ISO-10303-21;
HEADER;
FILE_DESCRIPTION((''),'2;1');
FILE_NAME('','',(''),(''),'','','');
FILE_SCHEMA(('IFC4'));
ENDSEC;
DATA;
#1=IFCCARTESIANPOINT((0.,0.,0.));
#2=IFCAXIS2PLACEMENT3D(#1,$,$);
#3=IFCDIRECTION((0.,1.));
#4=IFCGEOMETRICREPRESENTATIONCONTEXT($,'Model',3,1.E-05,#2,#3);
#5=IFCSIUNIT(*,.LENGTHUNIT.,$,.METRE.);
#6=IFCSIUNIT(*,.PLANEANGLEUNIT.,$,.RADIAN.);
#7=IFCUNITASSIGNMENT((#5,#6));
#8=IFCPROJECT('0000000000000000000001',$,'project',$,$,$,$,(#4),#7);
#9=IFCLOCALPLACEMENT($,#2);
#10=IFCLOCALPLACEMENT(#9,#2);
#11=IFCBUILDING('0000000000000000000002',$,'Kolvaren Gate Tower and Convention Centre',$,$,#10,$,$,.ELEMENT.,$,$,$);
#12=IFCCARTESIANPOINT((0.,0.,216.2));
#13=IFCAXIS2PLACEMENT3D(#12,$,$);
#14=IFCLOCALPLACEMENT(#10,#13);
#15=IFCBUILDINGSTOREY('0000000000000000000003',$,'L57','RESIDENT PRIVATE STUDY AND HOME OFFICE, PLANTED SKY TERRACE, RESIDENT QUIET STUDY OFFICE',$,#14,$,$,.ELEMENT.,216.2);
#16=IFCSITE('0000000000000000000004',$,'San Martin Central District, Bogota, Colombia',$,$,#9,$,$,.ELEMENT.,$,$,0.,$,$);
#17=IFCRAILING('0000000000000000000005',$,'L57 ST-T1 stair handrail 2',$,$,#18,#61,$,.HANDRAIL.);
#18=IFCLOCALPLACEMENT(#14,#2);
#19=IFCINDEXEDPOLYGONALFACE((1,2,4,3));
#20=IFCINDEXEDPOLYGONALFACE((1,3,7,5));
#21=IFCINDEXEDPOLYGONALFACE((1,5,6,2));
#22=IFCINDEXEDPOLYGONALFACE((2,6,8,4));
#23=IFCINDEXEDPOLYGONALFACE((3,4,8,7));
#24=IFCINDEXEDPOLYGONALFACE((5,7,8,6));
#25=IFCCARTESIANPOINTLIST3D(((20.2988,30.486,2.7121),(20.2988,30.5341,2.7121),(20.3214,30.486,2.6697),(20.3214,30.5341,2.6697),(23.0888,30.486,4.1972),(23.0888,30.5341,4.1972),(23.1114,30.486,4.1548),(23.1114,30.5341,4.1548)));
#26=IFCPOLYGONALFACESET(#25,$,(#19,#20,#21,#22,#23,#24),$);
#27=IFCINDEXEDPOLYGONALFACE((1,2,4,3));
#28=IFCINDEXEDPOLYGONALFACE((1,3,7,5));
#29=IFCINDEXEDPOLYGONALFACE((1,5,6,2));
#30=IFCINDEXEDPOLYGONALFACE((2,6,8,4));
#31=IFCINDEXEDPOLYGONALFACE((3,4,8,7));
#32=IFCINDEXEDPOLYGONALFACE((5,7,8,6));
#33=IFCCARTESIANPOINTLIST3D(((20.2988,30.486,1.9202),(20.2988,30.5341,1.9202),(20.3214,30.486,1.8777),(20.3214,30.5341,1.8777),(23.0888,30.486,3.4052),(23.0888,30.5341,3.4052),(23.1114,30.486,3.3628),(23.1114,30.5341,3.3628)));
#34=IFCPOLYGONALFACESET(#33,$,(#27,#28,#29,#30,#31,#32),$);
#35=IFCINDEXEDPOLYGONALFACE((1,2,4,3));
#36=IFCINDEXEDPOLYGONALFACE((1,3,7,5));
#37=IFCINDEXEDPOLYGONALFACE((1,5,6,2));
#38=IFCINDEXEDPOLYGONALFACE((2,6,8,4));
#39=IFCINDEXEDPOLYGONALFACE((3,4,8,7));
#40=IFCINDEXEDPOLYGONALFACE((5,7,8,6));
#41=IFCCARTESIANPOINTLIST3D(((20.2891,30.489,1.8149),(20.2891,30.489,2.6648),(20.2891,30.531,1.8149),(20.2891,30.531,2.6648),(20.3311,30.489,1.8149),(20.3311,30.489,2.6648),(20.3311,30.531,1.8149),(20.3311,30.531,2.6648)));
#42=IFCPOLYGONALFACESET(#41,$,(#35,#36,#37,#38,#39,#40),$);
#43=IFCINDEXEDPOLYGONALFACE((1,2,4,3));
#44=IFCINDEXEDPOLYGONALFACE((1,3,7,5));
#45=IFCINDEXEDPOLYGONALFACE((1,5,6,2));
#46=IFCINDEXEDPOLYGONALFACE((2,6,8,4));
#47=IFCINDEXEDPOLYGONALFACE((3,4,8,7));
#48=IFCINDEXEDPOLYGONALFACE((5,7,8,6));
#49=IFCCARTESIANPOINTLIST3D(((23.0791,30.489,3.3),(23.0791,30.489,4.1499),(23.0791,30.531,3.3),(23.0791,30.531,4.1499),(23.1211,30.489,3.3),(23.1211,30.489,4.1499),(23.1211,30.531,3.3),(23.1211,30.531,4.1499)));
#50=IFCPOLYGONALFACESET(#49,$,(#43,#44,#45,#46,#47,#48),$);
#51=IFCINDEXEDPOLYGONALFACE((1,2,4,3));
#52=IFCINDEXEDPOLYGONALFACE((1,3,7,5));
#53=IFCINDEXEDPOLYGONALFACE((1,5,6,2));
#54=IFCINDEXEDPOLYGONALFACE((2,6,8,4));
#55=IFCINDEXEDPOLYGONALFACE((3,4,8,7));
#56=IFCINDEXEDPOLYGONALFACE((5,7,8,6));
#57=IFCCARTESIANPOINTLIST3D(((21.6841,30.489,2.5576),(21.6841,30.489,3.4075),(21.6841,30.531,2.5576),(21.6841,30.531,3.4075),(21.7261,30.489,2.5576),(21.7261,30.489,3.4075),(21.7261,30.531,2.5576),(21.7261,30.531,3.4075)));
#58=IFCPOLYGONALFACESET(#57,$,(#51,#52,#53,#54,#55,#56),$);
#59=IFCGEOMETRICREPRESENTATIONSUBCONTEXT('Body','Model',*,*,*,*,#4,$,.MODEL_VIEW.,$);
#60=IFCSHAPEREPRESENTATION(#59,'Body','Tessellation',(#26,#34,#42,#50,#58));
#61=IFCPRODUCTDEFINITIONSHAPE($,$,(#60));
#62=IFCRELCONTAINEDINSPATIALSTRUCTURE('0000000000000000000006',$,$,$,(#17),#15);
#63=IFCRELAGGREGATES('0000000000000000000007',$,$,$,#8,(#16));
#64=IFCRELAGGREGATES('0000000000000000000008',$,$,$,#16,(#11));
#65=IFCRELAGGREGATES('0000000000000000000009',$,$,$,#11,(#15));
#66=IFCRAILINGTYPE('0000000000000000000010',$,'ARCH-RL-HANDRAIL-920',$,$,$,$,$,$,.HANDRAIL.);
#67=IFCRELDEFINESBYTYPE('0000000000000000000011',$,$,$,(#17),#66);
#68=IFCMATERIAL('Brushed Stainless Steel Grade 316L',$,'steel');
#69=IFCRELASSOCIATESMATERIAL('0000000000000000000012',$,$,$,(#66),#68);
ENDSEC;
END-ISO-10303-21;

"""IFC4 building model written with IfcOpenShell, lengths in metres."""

from ifc_helpers import new_model, si_unit, direction, frame, origin, origin_2d, place, context, subcontext, project, spatial, rectangle, extrude, material, type_object, element, save


model = new_model("IFC4")

# Units and contexts
model_context = context("Model", 3, precision=1e-05, world=origin(), true_north=direction((0.0, 1.0)))
body_context = subcontext(model_context, "Body", "Model", "MODEL_VIEW")
ifc_project = project(units=[si_unit("LENGTHUNIT", "METRE"), si_unit("PLANEANGLEUNIT", "RADIAN")], contexts=[model_context])

# Site, building, storey
site_placement = place(None, origin())
site = spatial("IfcSite", under=ifc_project, at=site_placement, Name="San Martin Central District, Bogota, Colombia", CompositionType="ELEMENT", RefElevation=0.0)
building_placement = place(site_placement, origin())
building = spatial("IfcBuilding", under=site, at=building_placement, Name="Kolvaren Gate Tower and Convention Centre", CompositionType="ELEMENT")
storey_placement = place(building_placement, frame((0.0, 0.0, 216.2)))
storey = spatial("IfcBuildingStorey", under=building, at=storey_placement, Name="L57", Description="RESIDENT PRIVATE STUDY AND HOME OFFICE, PLANTED SKY TERRACE, RESIDENT QUIET STUDY OFFICE", CompositionType="ELEMENT", Elevation=216.2)

# Shared definitions
ifc_material_1 = material(Name="Brushed Stainless Steel Grade 316L", Category="steel")

# Railing
railing_type_1 = type_object("IfcRailingType", Name="ARCH-RL-HANDRAIL-920", PredefinedType="HANDRAIL", material=ifc_material_1)
railing_1_placement = place(storey_placement, frame((20.3101, 30.51, 1.8149)))
element("IfcRailing", 1, at=railing_1_placement, inside=storey, type_object=railing_type_1, Name="L57 ST-T1 stair handrail 2", PredefinedType="HANDRAIL", context=body_context, shape_type="SweptSolid", body=[
    extrude(rectangle(XDim=0.0481, YDim=0.0481, at=origin_2d()), frame((0.0, 0.0, 0.876), z_axis=(0.882735, 0.0, 0.46987), x_axis=(0.0, 1.0, 0.0)), (0.0, 0.0, 1.0), 3.1606),
    extrude(rectangle(XDim=0.0481, YDim=0.0481, at=origin_2d()), frame((0.0, 0.0, 0.084), z_axis=(0.882735, 0.0, 0.46987), x_axis=(0.0, 1.0, 0.0)), (0.0, 0.0, 1.0), 3.1606),
    extrude(rectangle(XDim=0.042, YDim=0.042, at=origin_2d()), origin(), (0.0, 0.0, 1.0), 0.8499),
    extrude(rectangle(XDim=0.042, YDim=0.042, at=origin_2d()), frame((2.79, 0.0, 1.4851)), (0.0, 0.0, 1.0), 0.8499),
    extrude(rectangle(XDim=0.042, YDim=0.042, at=origin_2d()), frame((1.395, 0.0, 0.7427)), (0.0, 0.0, 1.0), 0.8499),
])

save(model, "model.ifc")
